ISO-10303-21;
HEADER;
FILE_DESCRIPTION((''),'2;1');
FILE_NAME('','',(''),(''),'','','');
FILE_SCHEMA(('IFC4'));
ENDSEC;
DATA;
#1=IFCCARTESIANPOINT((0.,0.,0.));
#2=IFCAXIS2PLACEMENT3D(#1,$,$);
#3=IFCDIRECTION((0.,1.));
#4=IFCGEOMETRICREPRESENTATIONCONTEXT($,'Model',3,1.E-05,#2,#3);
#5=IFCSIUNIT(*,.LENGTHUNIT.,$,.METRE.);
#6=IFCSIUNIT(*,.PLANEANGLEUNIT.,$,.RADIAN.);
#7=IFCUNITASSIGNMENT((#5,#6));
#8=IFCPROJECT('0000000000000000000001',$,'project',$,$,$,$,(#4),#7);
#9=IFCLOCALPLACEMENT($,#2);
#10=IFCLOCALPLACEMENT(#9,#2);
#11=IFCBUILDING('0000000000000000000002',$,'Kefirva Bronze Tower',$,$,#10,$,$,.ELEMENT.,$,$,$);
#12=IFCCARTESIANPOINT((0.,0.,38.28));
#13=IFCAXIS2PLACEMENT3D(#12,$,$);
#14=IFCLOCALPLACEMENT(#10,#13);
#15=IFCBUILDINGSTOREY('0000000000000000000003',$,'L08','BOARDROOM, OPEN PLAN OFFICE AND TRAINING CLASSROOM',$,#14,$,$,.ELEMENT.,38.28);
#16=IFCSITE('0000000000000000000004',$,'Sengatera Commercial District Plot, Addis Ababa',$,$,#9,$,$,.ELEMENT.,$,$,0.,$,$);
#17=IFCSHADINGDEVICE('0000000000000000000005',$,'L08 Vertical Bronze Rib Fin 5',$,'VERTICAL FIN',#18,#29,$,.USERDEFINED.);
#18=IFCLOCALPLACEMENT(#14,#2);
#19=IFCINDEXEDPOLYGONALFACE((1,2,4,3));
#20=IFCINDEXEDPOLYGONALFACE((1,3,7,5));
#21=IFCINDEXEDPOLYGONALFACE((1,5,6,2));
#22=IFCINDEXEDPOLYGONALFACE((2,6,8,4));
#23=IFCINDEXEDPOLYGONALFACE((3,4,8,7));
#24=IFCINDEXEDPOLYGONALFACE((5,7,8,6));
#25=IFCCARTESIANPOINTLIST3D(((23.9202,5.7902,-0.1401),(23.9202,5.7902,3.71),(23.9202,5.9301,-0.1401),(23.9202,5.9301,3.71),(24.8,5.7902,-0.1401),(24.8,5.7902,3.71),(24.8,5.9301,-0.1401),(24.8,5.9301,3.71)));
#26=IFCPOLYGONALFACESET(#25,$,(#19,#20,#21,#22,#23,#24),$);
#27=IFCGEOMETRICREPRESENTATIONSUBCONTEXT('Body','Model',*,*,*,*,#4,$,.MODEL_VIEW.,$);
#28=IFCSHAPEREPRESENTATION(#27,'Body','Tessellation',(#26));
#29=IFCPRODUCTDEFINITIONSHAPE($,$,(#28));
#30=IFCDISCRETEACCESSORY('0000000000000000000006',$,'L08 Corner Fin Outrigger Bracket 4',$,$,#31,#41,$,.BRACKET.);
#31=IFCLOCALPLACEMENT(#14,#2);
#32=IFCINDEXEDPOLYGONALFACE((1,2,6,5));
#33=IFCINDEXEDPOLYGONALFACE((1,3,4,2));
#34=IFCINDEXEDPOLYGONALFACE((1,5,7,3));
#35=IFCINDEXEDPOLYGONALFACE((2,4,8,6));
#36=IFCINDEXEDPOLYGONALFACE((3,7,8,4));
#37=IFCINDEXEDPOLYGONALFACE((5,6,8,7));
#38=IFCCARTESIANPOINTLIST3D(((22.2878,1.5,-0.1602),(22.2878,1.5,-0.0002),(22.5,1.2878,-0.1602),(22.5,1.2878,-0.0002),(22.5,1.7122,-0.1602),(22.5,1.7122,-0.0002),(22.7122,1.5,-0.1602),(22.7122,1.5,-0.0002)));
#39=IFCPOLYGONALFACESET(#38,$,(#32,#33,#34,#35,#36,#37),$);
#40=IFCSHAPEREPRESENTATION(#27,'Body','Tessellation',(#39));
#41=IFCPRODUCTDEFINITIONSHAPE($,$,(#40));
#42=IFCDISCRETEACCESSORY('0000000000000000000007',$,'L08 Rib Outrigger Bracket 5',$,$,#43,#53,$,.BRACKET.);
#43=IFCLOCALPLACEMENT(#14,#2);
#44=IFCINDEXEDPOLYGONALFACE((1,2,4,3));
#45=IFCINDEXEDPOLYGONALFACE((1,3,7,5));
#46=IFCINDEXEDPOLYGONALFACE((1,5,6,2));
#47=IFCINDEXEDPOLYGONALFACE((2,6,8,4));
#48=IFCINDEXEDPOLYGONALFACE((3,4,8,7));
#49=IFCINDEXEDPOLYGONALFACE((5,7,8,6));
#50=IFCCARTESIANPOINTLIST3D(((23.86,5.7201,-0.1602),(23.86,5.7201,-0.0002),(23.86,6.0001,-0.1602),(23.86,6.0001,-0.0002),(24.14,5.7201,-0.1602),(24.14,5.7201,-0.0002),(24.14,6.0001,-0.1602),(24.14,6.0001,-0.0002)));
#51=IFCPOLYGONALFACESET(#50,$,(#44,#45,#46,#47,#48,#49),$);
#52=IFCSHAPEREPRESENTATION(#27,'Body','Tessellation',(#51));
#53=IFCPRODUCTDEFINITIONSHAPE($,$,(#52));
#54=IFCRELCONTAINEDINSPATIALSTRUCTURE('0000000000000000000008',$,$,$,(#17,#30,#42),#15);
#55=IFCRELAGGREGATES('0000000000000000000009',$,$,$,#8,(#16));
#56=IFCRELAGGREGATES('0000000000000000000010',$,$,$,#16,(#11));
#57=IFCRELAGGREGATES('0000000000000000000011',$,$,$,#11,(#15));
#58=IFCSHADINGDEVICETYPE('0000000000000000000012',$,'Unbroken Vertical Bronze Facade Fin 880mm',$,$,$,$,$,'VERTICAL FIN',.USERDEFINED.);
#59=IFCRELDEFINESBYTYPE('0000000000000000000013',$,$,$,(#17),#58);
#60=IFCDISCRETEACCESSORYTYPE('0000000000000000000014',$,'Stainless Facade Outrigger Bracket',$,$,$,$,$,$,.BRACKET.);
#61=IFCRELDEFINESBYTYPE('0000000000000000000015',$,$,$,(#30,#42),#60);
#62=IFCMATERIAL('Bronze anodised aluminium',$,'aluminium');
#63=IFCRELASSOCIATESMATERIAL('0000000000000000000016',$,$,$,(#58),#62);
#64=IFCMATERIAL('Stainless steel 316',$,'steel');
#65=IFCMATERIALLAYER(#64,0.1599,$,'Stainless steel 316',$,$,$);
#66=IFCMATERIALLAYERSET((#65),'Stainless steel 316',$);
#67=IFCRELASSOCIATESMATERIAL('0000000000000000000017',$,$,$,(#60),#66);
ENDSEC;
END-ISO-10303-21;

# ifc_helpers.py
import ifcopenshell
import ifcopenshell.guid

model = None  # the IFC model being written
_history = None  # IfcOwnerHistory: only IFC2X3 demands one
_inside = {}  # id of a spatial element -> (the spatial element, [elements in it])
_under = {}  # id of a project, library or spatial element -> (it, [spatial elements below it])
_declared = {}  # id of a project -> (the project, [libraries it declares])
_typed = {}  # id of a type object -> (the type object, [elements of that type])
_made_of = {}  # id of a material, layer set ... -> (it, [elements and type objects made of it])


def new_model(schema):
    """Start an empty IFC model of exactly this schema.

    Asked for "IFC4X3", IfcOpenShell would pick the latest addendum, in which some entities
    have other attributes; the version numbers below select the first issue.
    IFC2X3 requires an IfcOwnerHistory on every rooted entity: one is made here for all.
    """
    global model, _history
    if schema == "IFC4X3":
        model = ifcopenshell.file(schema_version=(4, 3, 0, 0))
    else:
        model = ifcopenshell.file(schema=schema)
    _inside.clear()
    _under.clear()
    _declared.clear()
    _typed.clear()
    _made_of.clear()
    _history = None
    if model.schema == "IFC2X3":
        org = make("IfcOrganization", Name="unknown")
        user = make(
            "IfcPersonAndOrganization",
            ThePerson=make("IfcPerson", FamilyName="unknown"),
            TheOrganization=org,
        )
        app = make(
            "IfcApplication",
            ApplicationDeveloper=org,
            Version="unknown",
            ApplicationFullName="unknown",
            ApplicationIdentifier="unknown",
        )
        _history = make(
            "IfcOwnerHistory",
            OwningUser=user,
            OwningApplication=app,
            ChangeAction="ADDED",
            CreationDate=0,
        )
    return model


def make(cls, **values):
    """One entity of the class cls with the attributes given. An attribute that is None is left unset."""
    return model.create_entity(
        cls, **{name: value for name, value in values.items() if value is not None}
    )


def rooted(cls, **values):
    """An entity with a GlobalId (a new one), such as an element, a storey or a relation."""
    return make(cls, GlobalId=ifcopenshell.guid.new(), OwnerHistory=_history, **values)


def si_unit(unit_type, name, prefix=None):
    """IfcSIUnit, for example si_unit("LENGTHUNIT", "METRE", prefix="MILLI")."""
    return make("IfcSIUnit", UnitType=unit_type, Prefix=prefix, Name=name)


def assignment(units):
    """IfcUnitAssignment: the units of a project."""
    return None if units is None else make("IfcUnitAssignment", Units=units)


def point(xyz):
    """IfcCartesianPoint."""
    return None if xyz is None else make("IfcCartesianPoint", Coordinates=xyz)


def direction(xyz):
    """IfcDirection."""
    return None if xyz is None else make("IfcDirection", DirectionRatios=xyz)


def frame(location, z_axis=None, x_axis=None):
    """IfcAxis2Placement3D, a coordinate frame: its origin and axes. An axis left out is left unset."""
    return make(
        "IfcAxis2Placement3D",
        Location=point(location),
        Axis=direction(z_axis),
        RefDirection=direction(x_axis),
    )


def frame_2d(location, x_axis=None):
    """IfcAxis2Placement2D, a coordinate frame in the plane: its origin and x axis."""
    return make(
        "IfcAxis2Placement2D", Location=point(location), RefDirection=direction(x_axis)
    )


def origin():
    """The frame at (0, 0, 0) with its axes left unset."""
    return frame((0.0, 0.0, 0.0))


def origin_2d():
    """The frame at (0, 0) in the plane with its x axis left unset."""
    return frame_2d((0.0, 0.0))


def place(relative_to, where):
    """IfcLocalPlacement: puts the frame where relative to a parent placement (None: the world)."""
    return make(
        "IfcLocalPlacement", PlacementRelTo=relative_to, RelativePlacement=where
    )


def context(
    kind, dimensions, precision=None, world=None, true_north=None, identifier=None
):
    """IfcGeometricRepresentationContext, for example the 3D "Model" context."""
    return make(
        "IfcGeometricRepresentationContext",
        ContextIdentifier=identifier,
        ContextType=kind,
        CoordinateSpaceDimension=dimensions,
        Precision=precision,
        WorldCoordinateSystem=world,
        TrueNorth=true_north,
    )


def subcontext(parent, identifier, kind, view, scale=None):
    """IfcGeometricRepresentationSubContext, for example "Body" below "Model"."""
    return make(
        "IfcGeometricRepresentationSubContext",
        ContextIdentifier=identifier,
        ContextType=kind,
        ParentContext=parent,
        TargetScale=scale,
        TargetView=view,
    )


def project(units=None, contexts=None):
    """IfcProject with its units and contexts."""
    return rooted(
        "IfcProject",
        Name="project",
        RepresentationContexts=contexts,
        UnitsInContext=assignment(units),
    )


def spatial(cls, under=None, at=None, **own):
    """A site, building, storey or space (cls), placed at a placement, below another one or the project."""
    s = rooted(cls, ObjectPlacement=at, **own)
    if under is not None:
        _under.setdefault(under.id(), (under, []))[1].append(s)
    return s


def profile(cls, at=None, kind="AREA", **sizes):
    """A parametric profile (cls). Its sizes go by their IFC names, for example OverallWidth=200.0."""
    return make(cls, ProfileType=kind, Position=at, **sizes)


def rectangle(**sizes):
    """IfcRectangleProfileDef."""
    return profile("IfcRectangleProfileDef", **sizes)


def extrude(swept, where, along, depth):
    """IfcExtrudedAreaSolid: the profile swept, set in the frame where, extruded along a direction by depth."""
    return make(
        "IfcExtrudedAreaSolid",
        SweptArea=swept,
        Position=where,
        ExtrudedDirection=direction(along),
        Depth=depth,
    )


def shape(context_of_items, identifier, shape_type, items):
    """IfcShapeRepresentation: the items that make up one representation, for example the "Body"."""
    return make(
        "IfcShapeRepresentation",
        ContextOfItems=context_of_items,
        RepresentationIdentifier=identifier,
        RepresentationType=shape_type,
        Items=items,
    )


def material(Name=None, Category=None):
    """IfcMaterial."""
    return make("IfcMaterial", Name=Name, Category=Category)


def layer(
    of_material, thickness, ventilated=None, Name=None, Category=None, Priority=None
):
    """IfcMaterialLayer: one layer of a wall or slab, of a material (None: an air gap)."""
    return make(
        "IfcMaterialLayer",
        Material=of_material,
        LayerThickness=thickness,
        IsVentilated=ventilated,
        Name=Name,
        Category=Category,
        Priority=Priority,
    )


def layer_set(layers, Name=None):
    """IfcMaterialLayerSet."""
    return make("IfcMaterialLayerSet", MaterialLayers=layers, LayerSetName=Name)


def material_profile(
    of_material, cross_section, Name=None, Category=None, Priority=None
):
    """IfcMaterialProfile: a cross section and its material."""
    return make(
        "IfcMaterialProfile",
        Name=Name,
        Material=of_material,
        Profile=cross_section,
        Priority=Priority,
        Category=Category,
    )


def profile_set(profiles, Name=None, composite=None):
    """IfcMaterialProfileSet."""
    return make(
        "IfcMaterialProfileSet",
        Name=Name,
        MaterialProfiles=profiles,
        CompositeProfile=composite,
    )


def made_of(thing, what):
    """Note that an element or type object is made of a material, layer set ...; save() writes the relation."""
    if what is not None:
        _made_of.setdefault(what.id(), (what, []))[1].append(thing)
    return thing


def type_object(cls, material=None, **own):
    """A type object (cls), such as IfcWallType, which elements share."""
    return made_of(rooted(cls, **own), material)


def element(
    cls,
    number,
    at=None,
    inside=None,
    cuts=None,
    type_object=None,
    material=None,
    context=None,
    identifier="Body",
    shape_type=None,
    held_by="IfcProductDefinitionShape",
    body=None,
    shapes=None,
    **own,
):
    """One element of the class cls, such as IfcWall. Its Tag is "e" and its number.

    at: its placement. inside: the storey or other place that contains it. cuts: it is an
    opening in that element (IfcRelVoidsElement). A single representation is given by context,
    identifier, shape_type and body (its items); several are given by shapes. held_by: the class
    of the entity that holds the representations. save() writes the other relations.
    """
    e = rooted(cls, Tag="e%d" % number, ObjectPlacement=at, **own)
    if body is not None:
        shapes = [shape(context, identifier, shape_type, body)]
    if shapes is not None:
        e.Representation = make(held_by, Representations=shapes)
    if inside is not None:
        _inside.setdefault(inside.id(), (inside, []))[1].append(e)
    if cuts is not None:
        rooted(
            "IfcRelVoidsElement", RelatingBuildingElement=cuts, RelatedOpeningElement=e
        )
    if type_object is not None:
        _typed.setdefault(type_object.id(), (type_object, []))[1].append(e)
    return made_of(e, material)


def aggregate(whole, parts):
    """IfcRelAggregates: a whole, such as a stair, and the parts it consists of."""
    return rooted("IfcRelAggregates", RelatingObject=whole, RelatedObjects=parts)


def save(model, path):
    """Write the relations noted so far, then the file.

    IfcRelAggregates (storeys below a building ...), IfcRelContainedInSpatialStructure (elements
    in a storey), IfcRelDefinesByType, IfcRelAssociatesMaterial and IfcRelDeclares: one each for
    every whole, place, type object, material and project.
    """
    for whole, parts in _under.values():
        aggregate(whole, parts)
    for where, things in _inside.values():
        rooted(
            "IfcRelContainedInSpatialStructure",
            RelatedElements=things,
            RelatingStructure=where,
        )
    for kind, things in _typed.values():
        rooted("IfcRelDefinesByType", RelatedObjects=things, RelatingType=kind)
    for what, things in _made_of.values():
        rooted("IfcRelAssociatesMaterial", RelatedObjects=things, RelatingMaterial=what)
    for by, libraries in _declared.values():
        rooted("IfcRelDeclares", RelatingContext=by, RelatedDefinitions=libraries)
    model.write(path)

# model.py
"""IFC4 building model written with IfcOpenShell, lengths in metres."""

from ifc_helpers import new_model, si_unit, direction, frame, origin, origin_2d, place, context, subcontext, project, spatial, rectangle, extrude, material, layer, layer_set, material_profile, profile_set, type_object, element, save


model = new_model("IFC4")

# Units and contexts
model_context = context("Model", 3, precision=1e-05, world=origin(), true_north=direction((0.0, 1.0)))
body_context = subcontext(model_context, "Body", "Model", "MODEL_VIEW")
ifc_project = project(units=[si_unit("LENGTHUNIT", "METRE"), si_unit("PLANEANGLEUNIT", "RADIAN")], contexts=[model_context])

# Site, building, storey
site_placement = place(None, origin())
site = spatial("IfcSite", under=ifc_project, at=site_placement, Name="Sengatera Commercial District Plot, Addis Ababa", CompositionType="ELEMENT", RefElevation=0.0)
building_placement = place(site_placement, origin())
building = spatial("IfcBuilding", under=site, at=building_placement, Name="Kefirva Bronze Tower", CompositionType="ELEMENT")
storey_placement = place(building_placement, frame((0.0, 0.0, 38.28)))
storey = spatial("IfcBuildingStorey", under=building, at=storey_placement, Name="L08", Description="BOARDROOM, OPEN PLAN OFFICE AND TRAINING CLASSROOM", CompositionType="ELEMENT", Elevation=38.28)

# Shared definitions
ifc_material_1 = material(Name="Bronze anodised aluminium", Category="aluminium")

# Shading device
ifc_material_profile_1 = material_profile(ifc_material_1, rectangle(XDim=0.1399, YDim=0.8799, at=origin_2d()), Name="BRONZE FIN 140x880")
ifc_profile_set_1 = profile_set([ifc_material_profile_1], Name="Bronze anodised aluminium")
shading_device_type_1 = type_object("IfcShadingDeviceType", Name="Unbroken Vertical Bronze Facade Fin 880mm", ElementType="VERTICAL FIN", PredefinedType="USERDEFINED", material=ifc_profile_set_1)
shading_device_1_placement = place(storey_placement, frame((24.3601, 5.8601, -0.1401), z_axis=(0.0, 0.0, 1.0), x_axis=(0.0, 1.0, 0.0)))
element("IfcShadingDevice", 1, at=shading_device_1_placement, inside=storey, type_object=shading_device_type_1, Name="L08 Vertical Bronze Rib Fin 5", ObjectType="VERTICAL FIN", PredefinedType="USERDEFINED", context=body_context, shape_type="SweptSolid", body=[
    extrude(rectangle(XDim=0.1399, YDim=0.8799, at=origin_2d()), origin(), (0.0, 0.0, 1.0), 3.8501),
])

# Discrete accessories
ifc_material_2 = material(Name="Stainless steel 316", Category="steel")
ifc_layer_1 = layer(ifc_material_2, 0.1599, Name="Stainless steel 316")
ifc_layer_set_1 = layer_set([ifc_layer_1], Name="Stainless steel 316")
discrete_accessory_type = type_object("IfcDiscreteAccessoryType", Name="Stainless Facade Outrigger Bracket", PredefinedType="BRACKET", material=ifc_layer_set_1)
discrete_accessory_1_placement = place(storey_placement, frame((22.5, 1.5, -0.1602), z_axis=(0.0, 0.0, 1.0), x_axis=(0.707107, 0.707107, 0.0)))
element("IfcDiscreteAccessory", 2, at=discrete_accessory_1_placement, inside=storey, type_object=discrete_accessory_type, Name="L08 Corner Fin Outrigger Bracket 4", PredefinedType="BRACKET", context=body_context, shape_type="SweptSolid", body=[
    extrude(rectangle(XDim=0.3, YDim=0.3, at=origin_2d()), origin(), (0.0, 0.0, 1.0), 0.1599),
])
discrete_accessory_2_placement = place(storey_placement, frame((24.0, 5.8601, -0.1602), z_axis=(0.0, 0.0, 1.0), x_axis=(0.0, 1.0, 0.0)))
element("IfcDiscreteAccessory", 3, at=discrete_accessory_2_placement, inside=storey, type_object=discrete_accessory_type, Name="L08 Rib Outrigger Bracket 5", PredefinedType="BRACKET", context=body_context, shape_type="SweptSolid", body=[
    extrude(rectangle(XDim=0.28, YDim=0.28, at=origin_2d()), origin(), (0.0, 0.0, 1.0), 0.1599),
])

save(model, "model.ifc")
